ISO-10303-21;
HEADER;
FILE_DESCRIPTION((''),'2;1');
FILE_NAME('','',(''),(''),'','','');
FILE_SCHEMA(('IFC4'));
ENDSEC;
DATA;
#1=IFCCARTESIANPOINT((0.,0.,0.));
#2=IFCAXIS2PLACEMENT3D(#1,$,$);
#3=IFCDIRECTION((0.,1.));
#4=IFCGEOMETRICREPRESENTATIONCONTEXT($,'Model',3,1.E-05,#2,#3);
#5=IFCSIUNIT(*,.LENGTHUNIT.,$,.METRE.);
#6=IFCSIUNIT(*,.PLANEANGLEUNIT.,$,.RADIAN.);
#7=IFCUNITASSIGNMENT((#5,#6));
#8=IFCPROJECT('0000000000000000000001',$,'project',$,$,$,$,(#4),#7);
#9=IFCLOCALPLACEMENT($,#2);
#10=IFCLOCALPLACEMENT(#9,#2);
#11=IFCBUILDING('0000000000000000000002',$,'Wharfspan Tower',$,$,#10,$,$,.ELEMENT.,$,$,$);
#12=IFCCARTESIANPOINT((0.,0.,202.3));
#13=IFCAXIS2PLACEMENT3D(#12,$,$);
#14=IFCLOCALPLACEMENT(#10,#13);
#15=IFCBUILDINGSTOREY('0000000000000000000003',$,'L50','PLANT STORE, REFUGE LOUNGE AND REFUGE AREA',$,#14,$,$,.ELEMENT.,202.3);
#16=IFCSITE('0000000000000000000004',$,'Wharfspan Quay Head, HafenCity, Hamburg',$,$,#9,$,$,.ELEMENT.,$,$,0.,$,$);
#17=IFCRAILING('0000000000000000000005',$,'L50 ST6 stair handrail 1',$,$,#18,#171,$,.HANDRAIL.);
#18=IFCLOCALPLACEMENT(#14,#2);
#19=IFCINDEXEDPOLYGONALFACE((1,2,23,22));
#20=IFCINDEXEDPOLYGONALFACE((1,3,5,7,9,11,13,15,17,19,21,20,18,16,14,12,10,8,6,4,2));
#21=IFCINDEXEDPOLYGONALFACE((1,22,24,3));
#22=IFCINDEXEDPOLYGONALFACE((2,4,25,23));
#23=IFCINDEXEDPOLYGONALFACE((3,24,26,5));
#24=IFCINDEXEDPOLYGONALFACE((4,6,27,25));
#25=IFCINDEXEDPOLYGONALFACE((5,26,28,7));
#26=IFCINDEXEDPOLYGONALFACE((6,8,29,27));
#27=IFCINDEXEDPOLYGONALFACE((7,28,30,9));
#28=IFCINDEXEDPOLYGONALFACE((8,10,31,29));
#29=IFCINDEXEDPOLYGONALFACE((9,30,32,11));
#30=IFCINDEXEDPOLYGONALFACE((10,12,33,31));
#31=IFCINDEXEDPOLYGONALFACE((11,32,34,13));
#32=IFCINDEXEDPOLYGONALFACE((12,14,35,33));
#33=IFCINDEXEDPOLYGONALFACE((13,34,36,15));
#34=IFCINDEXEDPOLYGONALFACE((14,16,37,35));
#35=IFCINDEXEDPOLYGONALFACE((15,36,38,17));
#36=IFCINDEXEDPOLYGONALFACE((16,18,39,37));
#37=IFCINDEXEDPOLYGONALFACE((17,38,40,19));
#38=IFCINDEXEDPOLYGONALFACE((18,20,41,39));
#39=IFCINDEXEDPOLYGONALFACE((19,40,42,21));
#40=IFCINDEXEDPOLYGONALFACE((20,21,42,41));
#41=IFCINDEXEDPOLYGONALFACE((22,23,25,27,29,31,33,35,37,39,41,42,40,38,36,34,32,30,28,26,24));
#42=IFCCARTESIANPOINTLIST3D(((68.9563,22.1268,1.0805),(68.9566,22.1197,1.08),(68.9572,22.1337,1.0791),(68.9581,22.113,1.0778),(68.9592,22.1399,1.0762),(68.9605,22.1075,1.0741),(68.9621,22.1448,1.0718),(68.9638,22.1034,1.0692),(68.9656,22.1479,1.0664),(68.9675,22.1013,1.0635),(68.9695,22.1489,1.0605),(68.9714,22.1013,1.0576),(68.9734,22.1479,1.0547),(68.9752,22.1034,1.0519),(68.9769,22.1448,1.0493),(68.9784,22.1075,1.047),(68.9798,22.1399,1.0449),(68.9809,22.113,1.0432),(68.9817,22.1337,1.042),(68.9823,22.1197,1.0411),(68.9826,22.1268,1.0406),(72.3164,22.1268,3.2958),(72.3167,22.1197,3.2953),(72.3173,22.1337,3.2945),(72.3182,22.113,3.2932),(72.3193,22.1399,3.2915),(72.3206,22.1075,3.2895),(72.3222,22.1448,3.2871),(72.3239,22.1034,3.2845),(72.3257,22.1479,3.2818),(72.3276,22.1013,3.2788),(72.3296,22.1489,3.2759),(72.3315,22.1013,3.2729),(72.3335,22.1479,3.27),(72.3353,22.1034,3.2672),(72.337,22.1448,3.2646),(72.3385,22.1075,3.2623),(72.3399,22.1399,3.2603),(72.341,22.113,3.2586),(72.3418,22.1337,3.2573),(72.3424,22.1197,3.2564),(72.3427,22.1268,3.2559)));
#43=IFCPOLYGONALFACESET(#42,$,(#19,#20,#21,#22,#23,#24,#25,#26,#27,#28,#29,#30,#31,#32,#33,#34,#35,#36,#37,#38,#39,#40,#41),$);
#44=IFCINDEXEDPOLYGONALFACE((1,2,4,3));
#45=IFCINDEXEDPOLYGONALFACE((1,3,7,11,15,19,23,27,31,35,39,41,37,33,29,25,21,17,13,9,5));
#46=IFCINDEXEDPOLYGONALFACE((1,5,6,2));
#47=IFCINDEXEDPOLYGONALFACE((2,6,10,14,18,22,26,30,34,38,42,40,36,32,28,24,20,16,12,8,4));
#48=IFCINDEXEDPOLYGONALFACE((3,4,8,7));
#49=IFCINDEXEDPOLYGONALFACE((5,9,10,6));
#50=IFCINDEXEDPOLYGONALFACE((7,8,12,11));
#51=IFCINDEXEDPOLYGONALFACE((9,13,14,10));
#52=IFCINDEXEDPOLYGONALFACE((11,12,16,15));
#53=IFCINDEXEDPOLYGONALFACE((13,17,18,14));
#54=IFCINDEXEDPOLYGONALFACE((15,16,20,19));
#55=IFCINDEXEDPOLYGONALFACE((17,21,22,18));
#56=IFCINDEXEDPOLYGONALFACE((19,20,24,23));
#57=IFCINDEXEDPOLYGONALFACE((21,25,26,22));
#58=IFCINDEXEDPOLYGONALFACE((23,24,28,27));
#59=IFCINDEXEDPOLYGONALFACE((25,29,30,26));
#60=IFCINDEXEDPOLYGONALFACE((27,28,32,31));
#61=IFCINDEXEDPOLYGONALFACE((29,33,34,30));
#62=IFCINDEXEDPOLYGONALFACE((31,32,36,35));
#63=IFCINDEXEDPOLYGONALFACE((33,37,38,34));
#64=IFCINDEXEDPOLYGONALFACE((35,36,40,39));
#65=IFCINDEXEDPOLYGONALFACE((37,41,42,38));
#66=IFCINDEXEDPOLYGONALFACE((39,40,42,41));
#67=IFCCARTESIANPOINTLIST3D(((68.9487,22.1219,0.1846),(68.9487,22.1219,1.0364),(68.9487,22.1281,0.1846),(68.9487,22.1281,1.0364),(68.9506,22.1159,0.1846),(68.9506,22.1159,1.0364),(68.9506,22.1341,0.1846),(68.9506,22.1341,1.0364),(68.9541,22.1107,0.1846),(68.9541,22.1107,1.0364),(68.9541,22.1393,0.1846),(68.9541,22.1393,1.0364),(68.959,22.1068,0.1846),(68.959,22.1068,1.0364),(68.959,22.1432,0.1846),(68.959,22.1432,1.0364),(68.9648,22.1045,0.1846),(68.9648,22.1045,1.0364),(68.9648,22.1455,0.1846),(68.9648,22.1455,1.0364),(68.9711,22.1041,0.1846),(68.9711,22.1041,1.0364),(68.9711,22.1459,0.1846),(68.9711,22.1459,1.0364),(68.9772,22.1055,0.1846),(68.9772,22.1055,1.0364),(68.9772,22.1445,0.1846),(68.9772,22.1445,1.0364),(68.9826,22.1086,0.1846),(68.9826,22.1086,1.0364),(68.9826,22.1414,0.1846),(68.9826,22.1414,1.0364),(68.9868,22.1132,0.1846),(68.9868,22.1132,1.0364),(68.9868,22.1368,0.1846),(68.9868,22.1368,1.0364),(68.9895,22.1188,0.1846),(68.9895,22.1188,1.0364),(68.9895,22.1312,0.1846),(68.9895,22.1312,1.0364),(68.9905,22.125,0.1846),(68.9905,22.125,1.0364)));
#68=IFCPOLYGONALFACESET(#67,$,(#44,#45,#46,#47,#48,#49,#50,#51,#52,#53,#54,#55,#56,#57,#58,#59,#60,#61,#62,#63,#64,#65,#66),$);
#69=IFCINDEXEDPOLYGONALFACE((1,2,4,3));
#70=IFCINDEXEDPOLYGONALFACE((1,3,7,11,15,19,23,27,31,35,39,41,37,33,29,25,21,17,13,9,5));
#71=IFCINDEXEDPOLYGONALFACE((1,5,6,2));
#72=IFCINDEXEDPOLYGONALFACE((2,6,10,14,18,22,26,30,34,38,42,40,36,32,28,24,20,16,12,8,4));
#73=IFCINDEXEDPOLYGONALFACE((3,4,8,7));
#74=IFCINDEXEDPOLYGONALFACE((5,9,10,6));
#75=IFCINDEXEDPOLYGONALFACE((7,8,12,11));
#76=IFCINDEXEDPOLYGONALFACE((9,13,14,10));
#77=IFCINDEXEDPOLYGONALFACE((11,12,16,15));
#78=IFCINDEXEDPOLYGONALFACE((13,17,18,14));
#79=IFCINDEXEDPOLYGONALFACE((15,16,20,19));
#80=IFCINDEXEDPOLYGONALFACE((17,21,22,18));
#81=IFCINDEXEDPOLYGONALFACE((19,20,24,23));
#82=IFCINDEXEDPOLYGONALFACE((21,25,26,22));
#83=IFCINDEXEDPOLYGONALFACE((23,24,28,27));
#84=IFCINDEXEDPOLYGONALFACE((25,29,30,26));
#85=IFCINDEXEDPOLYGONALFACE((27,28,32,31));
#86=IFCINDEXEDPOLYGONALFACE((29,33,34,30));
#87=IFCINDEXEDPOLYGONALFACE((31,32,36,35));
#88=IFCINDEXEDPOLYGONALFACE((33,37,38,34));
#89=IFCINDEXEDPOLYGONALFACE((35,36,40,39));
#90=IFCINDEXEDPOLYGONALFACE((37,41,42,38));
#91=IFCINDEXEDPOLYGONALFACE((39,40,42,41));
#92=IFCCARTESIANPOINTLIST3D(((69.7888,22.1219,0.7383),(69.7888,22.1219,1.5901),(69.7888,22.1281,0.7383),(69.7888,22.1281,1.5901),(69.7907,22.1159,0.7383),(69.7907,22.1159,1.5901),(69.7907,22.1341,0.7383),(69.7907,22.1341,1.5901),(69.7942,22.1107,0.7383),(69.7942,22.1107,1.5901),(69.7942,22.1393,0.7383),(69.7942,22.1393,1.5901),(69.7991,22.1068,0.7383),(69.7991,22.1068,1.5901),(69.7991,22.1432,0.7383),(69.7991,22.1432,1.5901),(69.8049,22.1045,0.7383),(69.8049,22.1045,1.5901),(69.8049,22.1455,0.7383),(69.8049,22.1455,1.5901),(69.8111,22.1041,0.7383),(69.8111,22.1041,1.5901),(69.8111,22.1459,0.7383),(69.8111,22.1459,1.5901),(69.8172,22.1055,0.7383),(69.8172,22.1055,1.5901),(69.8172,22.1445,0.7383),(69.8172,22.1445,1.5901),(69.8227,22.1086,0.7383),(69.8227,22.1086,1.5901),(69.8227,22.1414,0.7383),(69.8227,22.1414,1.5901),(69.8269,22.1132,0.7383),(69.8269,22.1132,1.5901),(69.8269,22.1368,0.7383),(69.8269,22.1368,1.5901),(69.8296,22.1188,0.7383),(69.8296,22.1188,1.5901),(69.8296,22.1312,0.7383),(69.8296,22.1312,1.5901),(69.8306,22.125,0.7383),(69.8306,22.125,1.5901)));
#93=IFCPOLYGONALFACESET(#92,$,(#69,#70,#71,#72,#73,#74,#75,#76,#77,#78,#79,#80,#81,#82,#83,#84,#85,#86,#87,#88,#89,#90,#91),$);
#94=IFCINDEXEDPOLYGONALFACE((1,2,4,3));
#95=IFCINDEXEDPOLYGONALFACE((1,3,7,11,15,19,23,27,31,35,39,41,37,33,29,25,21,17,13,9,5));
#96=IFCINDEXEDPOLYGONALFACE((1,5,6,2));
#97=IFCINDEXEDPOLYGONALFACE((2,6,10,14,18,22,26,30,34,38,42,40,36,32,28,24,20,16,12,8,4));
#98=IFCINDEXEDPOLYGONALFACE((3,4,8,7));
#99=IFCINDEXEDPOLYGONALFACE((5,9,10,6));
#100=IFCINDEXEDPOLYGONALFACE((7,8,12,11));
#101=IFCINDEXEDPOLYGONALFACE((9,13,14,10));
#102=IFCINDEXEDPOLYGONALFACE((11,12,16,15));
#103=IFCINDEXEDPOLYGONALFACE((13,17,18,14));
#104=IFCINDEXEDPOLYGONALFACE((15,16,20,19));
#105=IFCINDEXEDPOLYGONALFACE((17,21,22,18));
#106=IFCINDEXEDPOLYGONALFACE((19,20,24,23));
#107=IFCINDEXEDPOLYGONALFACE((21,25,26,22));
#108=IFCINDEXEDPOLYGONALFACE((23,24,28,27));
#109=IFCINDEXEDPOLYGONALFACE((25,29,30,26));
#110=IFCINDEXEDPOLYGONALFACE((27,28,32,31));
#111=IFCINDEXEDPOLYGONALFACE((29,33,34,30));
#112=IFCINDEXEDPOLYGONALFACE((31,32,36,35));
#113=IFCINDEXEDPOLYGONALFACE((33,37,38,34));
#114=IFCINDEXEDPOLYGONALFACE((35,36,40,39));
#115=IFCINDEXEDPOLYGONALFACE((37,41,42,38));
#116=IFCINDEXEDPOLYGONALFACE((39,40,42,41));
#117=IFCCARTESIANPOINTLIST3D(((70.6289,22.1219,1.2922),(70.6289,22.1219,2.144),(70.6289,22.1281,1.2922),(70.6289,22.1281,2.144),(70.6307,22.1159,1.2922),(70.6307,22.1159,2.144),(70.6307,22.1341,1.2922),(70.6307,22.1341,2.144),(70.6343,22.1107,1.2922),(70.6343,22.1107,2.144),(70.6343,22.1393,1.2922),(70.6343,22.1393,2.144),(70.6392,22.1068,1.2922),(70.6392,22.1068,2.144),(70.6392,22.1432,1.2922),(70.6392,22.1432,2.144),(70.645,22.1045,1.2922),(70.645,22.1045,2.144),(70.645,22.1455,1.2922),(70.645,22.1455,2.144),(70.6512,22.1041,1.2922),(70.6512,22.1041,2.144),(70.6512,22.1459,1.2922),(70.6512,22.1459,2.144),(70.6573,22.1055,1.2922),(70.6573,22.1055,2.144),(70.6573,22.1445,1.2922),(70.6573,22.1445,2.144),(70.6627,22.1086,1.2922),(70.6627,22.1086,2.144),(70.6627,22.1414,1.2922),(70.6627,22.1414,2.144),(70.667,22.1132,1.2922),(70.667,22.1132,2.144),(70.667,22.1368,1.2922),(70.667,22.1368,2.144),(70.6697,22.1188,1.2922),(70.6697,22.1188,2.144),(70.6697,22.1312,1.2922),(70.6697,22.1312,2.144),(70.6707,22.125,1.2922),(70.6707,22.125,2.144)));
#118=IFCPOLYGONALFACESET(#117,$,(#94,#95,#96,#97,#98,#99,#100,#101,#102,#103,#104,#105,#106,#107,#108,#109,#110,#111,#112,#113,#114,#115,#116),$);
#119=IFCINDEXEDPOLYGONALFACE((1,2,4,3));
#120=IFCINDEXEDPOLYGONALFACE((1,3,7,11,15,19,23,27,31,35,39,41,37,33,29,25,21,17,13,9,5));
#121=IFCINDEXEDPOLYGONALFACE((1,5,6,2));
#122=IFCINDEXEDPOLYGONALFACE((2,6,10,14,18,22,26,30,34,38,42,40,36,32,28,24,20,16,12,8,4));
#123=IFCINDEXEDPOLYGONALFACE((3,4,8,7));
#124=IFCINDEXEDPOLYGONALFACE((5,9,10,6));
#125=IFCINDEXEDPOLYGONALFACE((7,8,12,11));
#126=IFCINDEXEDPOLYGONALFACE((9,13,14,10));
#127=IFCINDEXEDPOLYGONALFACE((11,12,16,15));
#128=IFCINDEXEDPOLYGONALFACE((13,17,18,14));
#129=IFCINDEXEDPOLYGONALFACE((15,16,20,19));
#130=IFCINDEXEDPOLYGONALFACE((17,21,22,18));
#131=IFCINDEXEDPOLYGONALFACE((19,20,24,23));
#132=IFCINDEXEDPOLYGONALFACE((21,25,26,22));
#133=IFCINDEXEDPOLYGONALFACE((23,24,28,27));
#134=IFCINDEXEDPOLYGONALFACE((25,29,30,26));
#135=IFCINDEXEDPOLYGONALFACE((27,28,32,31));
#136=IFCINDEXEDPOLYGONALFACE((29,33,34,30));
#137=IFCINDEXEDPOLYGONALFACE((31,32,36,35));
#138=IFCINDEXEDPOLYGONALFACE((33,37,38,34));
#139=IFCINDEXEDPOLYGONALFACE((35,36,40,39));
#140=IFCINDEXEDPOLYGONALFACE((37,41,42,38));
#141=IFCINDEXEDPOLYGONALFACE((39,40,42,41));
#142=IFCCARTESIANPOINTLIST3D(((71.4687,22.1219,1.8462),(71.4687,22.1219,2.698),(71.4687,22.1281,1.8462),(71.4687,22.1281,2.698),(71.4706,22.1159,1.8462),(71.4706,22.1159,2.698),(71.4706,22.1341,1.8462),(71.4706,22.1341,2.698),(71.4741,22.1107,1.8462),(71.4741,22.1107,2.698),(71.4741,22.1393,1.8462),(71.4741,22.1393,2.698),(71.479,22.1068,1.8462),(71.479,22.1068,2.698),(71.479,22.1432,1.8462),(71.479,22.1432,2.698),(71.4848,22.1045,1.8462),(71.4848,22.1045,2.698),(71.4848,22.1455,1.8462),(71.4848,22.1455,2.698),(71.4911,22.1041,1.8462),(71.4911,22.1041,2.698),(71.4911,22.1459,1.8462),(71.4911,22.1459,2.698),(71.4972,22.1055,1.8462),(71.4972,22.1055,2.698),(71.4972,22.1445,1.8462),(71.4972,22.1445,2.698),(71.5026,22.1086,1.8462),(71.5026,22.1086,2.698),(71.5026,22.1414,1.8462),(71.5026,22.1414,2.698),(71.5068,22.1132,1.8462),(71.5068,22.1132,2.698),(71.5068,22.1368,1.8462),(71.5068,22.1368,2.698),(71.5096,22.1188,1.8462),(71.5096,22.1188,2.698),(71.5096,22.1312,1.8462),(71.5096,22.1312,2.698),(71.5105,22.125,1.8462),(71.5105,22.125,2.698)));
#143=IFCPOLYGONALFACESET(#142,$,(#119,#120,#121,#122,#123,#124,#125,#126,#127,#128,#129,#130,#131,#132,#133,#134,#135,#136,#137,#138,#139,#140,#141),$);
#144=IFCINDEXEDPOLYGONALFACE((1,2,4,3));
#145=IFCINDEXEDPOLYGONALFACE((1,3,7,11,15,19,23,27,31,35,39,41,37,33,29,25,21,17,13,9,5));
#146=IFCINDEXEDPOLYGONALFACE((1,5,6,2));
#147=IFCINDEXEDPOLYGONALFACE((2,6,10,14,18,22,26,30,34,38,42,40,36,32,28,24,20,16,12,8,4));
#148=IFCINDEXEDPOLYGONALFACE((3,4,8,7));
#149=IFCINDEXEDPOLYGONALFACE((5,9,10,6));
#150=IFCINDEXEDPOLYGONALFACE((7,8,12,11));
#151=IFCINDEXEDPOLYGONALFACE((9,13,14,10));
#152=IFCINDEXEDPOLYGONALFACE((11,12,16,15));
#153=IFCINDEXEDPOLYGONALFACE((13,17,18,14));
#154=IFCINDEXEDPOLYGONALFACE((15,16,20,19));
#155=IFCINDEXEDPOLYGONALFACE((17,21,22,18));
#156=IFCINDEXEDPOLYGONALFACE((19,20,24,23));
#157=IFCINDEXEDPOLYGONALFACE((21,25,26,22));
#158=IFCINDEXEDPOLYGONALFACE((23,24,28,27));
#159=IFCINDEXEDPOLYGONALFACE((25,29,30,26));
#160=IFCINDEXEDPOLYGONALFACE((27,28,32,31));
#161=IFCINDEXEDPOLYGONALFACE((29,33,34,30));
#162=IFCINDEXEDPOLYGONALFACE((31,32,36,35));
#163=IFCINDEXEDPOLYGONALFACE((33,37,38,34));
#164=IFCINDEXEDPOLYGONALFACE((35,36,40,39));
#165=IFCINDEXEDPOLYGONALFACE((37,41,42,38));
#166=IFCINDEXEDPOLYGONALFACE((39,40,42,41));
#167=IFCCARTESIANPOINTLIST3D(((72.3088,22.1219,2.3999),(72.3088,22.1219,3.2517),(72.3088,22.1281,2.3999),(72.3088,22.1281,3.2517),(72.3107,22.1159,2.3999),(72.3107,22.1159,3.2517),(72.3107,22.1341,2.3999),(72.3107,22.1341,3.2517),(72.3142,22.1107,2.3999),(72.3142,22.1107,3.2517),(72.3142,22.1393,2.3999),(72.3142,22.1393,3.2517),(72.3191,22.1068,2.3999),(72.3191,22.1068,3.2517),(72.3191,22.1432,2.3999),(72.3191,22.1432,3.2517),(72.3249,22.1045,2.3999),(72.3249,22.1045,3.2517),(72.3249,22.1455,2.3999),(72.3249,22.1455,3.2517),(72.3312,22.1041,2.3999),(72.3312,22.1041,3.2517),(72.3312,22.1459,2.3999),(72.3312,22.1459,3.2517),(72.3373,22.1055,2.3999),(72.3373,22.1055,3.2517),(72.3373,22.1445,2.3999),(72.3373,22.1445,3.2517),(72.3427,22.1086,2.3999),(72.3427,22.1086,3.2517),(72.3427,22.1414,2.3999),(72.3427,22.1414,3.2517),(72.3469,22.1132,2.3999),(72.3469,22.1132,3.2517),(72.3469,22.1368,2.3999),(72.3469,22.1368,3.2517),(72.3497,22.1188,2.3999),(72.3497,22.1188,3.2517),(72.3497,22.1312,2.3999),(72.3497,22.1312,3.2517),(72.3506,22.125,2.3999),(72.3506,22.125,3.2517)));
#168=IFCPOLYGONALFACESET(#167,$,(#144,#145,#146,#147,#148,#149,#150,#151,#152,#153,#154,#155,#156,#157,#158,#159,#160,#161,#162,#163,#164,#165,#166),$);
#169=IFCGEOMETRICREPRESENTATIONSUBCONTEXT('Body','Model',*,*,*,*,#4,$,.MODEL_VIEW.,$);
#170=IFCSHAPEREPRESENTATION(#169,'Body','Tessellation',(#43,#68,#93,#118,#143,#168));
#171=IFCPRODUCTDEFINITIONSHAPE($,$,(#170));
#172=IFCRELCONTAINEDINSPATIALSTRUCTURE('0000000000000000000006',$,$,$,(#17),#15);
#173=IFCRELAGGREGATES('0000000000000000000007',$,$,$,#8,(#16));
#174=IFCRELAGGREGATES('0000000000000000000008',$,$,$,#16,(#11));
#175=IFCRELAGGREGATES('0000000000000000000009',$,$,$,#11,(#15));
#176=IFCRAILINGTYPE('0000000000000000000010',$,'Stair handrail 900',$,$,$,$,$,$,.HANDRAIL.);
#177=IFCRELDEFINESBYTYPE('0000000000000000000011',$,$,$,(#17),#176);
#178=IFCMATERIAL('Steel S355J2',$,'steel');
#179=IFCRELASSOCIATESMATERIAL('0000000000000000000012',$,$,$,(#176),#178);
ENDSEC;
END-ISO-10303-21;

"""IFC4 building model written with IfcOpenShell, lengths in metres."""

from ifc_helpers import new_model, si_unit, direction, frame, origin, origin_2d, place, context, subcontext, project, spatial, circle, extrude, material, type_object, element, save


model = new_model("IFC4")

# Units and contexts
model_context = context("Model", 3, precision=1e-05, world=origin(), true_north=direction((0.0, 1.0)))
body_context = subcontext(model_context, "Body", "Model", "MODEL_VIEW")
ifc_project = project(units=[si_unit("LENGTHUNIT", "METRE"), si_unit("PLANEANGLEUNIT", "RADIAN")], contexts=[model_context])

# Site, building, storey
site_placement = place(None, origin())
site = spatial("IfcSite", under=ifc_project, at=site_placement, Name="Wharfspan Quay Head, HafenCity, Hamburg", CompositionType="ELEMENT", RefElevation=0.0)
building_placement = place(site_placement, origin())
building = spatial("IfcBuilding", under=site, at=building_placement, Name="Wharfspan Tower", CompositionType="ELEMENT")
storey_placement = place(building_placement, frame((0.0, 0.0, 202.3)))
storey = spatial("IfcBuildingStorey", under=building, at=storey_placement, Name="L50", Description="PLANT STORE, REFUGE LOUNGE AND REFUGE AREA", CompositionType="ELEMENT", Elevation=202.3)

# Shared definitions
ifc_material_1 = material(Name="Steel S355J2", Category="steel")

# Railing
railing_type_1 = type_object("IfcRailingType", Name="Stair handrail 900", PredefinedType="HANDRAIL", material=ifc_material_1)
railing_1_placement = place(storey_placement, frame((68.9695, 22.125, 0.1846)))
element("IfcRailing", 1, at=railing_1_placement, inside=storey, type_object=railing_type_1, Name="L50 ST6 stair handrail 1", PredefinedType="HANDRAIL", context=body_context, shape_type="SweptSolid", body=[
    extrude(circle(Radius=0.0239, at=origin_2d()), frame((0.0, 0.0, 0.876), z_axis=(0.834876, 0.0, 0.550437), x_axis=(0.0, 1.0, 0.0)), (0.0, 0.0, 1.0), 4.0247),
    extrude(circle(Radius=0.021, at=origin_2d()), origin(), (0.0, 0.0, 1.0), 0.8518),
    extrude(circle(Radius=0.021, at=origin_2d()), frame((0.8401, 0.0, 0.5537)), (0.0, 0.0, 1.0), 0.8518),
    extrude(circle(Radius=0.021, at=origin_2d()), frame((1.6802, 0.0, 1.1077)), (0.0, 0.0, 1.0), 0.8518),
    extrude(circle(Radius=0.021, at=origin_2d()), frame((2.52, 0.0, 1.6616)), (0.0, 0.0, 1.0), 0.8518),
    extrude(circle(Radius=0.021, at=origin_2d()), frame((3.3601, 0.0, 2.2153)), (0.0, 0.0, 1.0), 0.8518),
])

save(model, "model.ifc")
